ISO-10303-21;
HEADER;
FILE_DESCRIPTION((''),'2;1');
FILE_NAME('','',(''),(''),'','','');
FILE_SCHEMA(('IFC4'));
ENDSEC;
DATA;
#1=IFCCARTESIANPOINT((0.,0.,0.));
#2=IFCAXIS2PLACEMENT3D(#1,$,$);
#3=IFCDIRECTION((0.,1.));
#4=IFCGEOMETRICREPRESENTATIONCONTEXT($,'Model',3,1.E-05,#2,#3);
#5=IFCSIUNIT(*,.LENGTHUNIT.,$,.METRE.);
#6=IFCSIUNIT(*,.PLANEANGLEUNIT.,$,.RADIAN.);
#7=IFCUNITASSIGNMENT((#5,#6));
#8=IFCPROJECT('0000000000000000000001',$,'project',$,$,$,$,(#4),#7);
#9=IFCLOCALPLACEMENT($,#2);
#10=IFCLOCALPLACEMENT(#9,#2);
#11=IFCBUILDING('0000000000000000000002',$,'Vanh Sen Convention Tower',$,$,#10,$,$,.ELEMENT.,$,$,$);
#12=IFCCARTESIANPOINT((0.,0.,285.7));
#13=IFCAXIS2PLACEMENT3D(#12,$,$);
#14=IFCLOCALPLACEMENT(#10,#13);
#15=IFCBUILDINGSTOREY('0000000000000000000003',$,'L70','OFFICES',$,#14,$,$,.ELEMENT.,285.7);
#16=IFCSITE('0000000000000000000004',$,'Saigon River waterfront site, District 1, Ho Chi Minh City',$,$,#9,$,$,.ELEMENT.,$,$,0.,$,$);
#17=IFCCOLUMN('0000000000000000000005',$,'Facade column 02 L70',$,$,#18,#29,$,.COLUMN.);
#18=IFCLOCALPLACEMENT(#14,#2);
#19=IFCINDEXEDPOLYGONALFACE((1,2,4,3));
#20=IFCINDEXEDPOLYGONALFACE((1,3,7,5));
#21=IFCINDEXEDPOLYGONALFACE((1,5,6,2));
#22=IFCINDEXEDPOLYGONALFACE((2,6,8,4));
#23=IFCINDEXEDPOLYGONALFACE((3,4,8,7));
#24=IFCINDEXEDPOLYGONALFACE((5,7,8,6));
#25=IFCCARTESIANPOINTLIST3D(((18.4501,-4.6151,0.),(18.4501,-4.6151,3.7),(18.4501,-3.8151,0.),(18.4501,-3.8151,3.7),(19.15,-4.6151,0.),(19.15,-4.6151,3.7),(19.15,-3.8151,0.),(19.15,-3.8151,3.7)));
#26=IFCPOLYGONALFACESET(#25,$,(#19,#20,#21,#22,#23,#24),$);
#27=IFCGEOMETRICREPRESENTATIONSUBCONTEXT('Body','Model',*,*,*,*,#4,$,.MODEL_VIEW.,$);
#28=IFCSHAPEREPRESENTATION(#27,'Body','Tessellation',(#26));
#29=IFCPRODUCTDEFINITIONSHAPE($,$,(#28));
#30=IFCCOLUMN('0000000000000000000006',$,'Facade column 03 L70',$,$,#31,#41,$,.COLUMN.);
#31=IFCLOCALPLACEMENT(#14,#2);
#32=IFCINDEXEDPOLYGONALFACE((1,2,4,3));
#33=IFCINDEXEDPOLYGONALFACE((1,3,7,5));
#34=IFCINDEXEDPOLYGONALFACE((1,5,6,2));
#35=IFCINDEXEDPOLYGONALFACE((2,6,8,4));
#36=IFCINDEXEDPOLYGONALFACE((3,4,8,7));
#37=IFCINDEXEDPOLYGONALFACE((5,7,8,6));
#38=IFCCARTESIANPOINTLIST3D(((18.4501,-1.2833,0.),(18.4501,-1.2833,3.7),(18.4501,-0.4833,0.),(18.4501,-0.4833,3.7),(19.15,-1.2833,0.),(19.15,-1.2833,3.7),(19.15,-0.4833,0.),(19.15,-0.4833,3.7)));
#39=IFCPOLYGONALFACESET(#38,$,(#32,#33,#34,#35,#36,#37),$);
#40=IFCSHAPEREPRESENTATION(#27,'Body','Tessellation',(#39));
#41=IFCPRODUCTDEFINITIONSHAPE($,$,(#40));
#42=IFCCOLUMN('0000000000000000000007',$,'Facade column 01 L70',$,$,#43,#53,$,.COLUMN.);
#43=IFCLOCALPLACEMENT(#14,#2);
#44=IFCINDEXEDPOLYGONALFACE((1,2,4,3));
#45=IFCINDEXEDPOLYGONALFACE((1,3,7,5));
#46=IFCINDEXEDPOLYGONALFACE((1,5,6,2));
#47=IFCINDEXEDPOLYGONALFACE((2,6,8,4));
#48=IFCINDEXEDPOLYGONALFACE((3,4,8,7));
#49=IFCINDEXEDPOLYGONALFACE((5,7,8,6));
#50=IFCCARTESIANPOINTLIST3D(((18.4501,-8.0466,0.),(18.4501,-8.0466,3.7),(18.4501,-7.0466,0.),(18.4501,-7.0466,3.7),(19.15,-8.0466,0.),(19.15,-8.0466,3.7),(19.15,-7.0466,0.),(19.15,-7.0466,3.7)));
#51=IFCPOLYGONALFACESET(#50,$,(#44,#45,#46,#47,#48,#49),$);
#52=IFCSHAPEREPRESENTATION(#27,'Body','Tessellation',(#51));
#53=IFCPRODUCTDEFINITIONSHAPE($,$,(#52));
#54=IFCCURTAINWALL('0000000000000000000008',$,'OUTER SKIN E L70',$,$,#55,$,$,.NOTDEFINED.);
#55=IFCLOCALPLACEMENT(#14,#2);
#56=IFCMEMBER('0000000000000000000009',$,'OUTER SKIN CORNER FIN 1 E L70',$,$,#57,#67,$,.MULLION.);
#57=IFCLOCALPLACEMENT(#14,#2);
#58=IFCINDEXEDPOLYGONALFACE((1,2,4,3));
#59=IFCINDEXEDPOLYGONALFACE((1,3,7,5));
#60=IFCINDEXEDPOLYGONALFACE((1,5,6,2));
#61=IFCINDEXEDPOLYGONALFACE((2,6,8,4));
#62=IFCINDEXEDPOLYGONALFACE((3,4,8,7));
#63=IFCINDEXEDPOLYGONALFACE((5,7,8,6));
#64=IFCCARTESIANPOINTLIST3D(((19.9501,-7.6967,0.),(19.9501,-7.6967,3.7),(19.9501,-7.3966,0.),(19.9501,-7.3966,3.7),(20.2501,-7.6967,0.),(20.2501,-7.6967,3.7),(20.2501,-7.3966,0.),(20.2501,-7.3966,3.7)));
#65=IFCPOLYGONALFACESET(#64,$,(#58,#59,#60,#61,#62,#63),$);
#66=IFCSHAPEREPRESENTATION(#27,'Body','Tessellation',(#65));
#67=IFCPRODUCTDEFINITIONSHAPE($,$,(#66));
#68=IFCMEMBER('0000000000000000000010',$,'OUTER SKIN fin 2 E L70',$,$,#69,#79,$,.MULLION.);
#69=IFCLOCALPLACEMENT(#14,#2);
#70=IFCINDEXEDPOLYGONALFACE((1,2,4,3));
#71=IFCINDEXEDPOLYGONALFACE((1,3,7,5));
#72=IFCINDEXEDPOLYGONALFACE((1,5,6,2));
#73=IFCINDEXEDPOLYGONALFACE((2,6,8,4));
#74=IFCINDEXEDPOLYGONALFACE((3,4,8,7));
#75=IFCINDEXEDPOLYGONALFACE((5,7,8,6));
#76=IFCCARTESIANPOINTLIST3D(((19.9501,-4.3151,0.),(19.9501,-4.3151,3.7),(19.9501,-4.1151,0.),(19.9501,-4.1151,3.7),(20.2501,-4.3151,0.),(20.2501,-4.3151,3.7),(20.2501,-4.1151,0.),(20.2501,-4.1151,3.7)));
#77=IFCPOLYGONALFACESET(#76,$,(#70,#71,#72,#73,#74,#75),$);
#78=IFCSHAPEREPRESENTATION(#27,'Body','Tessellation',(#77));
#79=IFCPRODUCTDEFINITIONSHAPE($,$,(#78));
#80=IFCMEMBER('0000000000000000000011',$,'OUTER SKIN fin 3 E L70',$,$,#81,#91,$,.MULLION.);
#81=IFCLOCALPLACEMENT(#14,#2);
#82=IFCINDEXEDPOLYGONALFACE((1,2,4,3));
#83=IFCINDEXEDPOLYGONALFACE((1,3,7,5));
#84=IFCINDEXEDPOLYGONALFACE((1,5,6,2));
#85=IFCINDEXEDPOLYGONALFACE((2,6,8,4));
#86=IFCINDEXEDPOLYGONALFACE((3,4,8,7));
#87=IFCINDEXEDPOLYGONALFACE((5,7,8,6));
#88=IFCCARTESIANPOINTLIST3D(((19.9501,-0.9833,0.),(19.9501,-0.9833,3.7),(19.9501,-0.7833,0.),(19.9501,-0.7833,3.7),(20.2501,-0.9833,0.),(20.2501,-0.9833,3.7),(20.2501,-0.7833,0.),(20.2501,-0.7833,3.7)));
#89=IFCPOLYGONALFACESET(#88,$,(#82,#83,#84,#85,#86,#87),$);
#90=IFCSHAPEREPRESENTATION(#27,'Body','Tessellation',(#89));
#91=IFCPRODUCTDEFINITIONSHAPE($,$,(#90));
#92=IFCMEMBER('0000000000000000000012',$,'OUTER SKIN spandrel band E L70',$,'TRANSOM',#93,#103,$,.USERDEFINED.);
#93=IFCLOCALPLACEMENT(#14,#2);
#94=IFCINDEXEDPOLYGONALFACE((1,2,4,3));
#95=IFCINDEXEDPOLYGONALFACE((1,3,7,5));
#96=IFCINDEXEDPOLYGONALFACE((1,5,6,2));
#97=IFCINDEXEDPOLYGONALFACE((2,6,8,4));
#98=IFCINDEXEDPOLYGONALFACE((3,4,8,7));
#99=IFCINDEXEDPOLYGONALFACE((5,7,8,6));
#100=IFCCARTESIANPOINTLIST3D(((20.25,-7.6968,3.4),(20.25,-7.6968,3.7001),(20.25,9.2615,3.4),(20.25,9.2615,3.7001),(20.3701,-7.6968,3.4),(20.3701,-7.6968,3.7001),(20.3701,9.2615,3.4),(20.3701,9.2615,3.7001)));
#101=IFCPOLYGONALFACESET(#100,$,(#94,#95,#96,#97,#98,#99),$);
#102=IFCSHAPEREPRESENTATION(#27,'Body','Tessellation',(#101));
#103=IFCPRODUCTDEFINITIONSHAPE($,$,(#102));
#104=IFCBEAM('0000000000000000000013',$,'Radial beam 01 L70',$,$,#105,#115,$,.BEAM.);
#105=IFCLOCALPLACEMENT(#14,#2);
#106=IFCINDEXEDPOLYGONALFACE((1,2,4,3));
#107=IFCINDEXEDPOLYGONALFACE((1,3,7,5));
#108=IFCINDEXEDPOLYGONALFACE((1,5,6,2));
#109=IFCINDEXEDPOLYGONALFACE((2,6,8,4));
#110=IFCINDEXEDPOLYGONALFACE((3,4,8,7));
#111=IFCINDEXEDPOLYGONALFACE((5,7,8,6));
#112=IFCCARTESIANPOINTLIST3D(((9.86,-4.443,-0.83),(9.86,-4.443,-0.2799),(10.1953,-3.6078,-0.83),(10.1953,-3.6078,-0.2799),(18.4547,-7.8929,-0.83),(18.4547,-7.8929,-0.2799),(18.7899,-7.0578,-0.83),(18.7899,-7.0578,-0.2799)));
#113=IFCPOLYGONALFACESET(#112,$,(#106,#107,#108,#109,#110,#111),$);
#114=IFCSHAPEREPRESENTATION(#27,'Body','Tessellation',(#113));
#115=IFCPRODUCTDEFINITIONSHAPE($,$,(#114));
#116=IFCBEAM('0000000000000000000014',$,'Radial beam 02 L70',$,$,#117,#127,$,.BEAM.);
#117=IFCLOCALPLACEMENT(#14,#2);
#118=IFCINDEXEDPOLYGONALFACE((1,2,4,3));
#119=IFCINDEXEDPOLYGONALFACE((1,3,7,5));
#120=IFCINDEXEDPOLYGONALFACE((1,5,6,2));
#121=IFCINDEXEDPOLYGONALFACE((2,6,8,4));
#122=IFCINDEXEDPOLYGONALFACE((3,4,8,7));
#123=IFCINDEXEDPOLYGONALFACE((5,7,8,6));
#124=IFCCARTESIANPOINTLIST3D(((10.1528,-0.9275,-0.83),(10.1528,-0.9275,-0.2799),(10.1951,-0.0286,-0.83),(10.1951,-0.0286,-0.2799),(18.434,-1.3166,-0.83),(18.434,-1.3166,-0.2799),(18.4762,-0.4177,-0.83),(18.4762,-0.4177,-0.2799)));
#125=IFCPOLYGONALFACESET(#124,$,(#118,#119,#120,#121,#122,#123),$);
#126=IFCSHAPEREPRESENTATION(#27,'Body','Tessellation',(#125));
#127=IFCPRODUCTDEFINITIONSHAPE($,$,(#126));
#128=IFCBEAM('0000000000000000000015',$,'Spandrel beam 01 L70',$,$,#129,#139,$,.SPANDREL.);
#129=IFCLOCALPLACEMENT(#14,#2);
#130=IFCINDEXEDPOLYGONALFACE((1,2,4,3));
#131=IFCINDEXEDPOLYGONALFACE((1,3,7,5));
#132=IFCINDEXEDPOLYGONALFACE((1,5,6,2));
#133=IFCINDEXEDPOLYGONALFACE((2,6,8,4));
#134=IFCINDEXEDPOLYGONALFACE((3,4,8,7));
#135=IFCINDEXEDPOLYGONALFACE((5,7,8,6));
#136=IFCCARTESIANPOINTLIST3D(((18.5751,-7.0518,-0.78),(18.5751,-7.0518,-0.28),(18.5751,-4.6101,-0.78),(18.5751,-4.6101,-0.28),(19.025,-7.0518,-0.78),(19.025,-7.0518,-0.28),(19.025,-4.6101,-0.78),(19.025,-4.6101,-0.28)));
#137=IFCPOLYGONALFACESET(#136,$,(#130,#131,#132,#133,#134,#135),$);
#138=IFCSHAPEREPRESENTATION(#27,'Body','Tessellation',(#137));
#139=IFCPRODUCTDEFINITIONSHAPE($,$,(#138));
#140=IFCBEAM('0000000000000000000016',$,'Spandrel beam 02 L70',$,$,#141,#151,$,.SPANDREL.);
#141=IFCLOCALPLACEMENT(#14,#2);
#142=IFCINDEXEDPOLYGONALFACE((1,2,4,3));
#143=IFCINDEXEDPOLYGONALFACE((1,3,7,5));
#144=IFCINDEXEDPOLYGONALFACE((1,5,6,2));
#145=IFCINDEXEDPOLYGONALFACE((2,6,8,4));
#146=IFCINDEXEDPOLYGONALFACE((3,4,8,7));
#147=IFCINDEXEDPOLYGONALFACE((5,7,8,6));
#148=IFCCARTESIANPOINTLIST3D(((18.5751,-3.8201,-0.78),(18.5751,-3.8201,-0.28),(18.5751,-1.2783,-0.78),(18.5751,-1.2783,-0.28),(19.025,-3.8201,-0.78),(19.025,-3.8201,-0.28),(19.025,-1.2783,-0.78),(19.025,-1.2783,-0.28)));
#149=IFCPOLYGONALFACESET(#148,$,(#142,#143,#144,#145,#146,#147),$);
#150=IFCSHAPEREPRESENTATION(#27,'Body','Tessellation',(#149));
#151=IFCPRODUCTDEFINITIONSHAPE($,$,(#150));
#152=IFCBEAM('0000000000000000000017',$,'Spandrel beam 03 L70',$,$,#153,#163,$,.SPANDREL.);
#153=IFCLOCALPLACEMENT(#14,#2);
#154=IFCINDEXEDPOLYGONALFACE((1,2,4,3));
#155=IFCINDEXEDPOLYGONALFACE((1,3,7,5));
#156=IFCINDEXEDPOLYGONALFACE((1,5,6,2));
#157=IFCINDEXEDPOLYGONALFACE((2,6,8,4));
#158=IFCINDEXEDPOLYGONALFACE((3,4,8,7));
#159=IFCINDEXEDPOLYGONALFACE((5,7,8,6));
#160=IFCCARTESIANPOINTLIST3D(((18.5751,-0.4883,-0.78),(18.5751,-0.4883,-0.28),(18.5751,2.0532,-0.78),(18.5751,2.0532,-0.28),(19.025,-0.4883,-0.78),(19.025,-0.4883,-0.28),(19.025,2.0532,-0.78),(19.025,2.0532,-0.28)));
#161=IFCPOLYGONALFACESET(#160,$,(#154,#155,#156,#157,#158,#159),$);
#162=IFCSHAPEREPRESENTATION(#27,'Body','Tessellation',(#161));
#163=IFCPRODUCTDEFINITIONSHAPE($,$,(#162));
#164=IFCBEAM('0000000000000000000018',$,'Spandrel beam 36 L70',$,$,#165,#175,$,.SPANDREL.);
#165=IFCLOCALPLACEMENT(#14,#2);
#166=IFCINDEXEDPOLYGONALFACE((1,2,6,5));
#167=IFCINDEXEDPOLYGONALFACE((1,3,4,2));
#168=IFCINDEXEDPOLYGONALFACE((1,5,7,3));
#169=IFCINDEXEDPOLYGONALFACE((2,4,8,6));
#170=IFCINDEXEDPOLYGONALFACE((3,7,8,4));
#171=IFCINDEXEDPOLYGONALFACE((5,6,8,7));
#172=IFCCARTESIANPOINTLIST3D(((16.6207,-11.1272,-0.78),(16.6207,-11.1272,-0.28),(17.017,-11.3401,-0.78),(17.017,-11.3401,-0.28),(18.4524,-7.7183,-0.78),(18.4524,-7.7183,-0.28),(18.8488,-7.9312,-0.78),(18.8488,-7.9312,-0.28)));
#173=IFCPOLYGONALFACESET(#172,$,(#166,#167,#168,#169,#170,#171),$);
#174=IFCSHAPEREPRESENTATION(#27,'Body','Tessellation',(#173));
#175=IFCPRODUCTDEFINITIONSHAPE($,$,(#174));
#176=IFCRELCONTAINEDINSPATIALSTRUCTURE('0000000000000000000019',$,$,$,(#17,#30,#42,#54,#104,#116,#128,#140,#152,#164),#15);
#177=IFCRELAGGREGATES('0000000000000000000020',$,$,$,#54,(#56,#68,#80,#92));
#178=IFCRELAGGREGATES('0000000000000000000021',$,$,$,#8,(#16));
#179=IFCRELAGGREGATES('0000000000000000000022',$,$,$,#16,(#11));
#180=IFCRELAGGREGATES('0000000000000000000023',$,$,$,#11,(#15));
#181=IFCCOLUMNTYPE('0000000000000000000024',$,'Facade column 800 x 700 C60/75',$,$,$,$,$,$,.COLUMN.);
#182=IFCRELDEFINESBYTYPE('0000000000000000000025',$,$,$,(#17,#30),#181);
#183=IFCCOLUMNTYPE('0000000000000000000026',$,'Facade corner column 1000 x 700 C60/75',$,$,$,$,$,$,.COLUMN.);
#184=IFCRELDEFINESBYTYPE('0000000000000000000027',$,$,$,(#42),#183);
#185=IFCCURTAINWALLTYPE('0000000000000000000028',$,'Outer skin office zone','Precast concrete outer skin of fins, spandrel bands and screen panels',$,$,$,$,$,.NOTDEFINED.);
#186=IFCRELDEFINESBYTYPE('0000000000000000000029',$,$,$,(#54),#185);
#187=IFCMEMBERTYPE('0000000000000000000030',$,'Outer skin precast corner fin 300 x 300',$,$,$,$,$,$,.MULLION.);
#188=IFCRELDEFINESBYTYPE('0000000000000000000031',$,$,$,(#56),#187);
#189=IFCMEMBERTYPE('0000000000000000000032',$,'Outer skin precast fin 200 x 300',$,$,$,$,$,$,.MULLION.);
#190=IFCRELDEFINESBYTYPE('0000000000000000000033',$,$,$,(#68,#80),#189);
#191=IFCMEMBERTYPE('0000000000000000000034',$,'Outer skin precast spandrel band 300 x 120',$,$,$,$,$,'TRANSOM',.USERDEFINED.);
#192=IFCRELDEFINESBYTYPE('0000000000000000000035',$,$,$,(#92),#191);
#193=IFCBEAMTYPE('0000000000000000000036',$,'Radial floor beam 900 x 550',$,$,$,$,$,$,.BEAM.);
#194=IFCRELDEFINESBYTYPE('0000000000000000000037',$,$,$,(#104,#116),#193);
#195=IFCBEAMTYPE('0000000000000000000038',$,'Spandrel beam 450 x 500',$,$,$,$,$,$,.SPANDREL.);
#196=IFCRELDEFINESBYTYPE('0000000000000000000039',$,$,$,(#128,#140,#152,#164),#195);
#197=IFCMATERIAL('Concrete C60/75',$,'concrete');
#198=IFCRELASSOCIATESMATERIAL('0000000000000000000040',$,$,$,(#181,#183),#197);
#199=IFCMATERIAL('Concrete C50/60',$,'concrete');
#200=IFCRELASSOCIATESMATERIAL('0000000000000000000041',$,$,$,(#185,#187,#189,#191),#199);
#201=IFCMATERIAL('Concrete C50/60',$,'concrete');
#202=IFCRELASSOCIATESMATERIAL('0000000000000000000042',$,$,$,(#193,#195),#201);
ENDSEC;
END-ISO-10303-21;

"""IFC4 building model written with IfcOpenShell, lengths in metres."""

from ifc_helpers import new_model, si_unit, direction, frame, origin, origin_2d, place, context, subcontext, project, spatial, rectangle, extrude, material, material_profile, profile_set, type_object, element, aggregate, save


model = new_model("IFC4")

# Units and contexts
model_context = context("Model", 3, precision=1e-05, world=origin(), true_north=direction((0.0, 1.0)))
body_context = subcontext(model_context, "Body", "Model", "MODEL_VIEW")
ifc_project = project(units=[si_unit("LENGTHUNIT", "METRE"), si_unit("PLANEANGLEUNIT", "RADIAN")], contexts=[model_context])

# Site, building, storey
site_placement = place(None, origin())
site = spatial("IfcSite", under=ifc_project, at=site_placement, Name="Saigon River waterfront site, District 1, Ho Chi Minh City", CompositionType="ELEMENT", RefElevation=0.0)
building_placement = place(site_placement, origin())
building = spatial("IfcBuilding", under=site, at=building_placement, Name="Vanh Sen Convention Tower", CompositionType="ELEMENT")
storey_placement = place(building_placement, frame((0.0, 0.0, 285.7)))
storey = spatial("IfcBuildingStorey", under=building, at=storey_placement, Name="L70", Description="OFFICES", CompositionType="ELEMENT", Elevation=285.7)

# Columns
ifc_material_1 = material(Name="Concrete C60/75", Category="concrete")
ifc_material_profile_1 = material_profile(ifc_material_1, rectangle(XDim=0.8, YDim=0.7, at=origin_2d()), Name="RC 800X700")
ifc_profile_set_1 = profile_set([ifc_material_profile_1], Name="Concrete C60/75")
column_type_1 = type_object("IfcColumnType", Name="Facade column 800 x 700 C60/75", PredefinedType="COLUMN", material=ifc_profile_set_1)
for number, where, z_axis, x_axis, name in (
    (1, (18.8, -4.2151, 0.0), (0.0, 0.0, 1.0), (0.0, 1.0, 0.0), "Facade column 02 L70"),
    (2, (18.8, -0.8833, 0.0), (0.0, 0.0, 1.0), (0.0, 1.0, 0.0), "Facade column 03 L70"),
):
    element("IfcColumn", number, at=place(storey_placement, frame(where, z_axis=z_axis, x_axis=x_axis)), inside=storey, type_object=column_type_1, Name=name, PredefinedType="COLUMN", context=body_context, shape_type="SweptSolid", body=[
        extrude(rectangle(XDim=0.8, YDim=0.7, at=origin_2d()), origin(), (0.0, 0.0, 1.0), 3.7),
    ])
ifc_material_profile_2 = material_profile(ifc_material_1, rectangle(XDim=1.0, YDim=0.7, at=origin_2d()), Name="RC 1000X700")
ifc_profile_set_2 = profile_set([ifc_material_profile_2], Name="Concrete C60/75")
column_type_2 = type_object("IfcColumnType", Name="Facade corner column 1000 x 700 C60/75", PredefinedType="COLUMN", material=ifc_profile_set_2)
column_placement = place(storey_placement, frame((18.8, -7.5466, 0.0), z_axis=(0.0, 0.0, 1.0), x_axis=(0.0, 1.0, 0.0)))
element("IfcColumn", 3, at=column_placement, inside=storey, type_object=column_type_2, Name="Facade column 01 L70", PredefinedType="COLUMN", context=body_context, shape_type="SweptSolid", body=[
    extrude(rectangle(XDim=1.0, YDim=0.7, at=origin_2d()), origin(), (0.0, 0.0, 1.0), 3.7),
])

# Curtain wall, members
ifc_material_2 = material(Name="Concrete C50/60", Category="concrete")
curtain_wall_type = type_object("IfcCurtainWallType", Name="Outer skin office zone", Description="Precast concrete outer skin of fins, spandrel bands and screen panels", PredefinedType="NOTDEFINED", material=ifc_material_2)
curtain_wall_1_placement = place(storey_placement, origin())
curtain_wall_1 = element("IfcCurtainWall", 4, at=curtain_wall_1_placement, inside=storey, type_object=curtain_wall_type, Name="OUTER SKIN E L70", PredefinedType="NOTDEFINED")
ifc_material_profile_3 = material_profile(ifc_material_2, rectangle(XDim=0.3, YDim=0.3, at=origin_2d()), Name="Outer skin precast corner fin 300 x 300")
ifc_profile_set_3 = profile_set([ifc_material_profile_3], Name="Concrete C50/60")
member_type_1 = type_object("IfcMemberType", Name="Outer skin precast corner fin 300 x 300", PredefinedType="MULLION", material=ifc_profile_set_3)
member_1_placement = place(storey_placement, frame((20.1001, -7.5466, 0.0), z_axis=(0.0, 0.0, 1.0), x_axis=(0.0, 1.0, 0.0)))
member_1 = element("IfcMember", 5, at=member_1_placement, type_object=member_type_1, Name="OUTER SKIN CORNER FIN 1 E L70", PredefinedType="MULLION", context=body_context, shape_type="SweptSolid", body=[
    extrude(rectangle(XDim=0.3, YDim=0.3, at=origin_2d()), origin(), (0.0, 0.0, 1.0), 3.7),
])
ifc_material_profile_4 = material_profile(ifc_material_2, rectangle(XDim=0.2, YDim=0.3, at=origin_2d()), Name="Outer skin precast fin 200 x 300")
ifc_profile_set_4 = profile_set([ifc_material_profile_4], Name="Concrete C50/60")
member_type_2 = type_object("IfcMemberType", Name="Outer skin precast fin 200 x 300", PredefinedType="MULLION", material=ifc_profile_set_4)
member_2_placement = place(storey_placement, frame((20.1001, -4.2151, 0.0), z_axis=(0.0, 0.0, 1.0), x_axis=(0.0, 1.0, 0.0)))
member_2 = element("IfcMember", 6, at=member_2_placement, type_object=member_type_2, Name="OUTER SKIN fin 2 E L70", PredefinedType="MULLION", context=body_context, shape_type="SweptSolid", body=[
    extrude(rectangle(XDim=0.2, YDim=0.3, at=origin_2d()), origin(), (0.0, 0.0, 1.0), 3.7),
])
member_3_placement = place(storey_placement, frame((20.1001, -0.8833, 0.0), z_axis=(0.0, 0.0, 1.0), x_axis=(0.0, 1.0, 0.0)))
member_3 = element("IfcMember", 7, at=member_3_placement, type_object=member_type_2, Name="OUTER SKIN fin 3 E L70", PredefinedType="MULLION", context=body_context, shape_type="SweptSolid", body=[
    extrude(rectangle(XDim=0.2, YDim=0.3, at=origin_2d()), origin(), (0.0, 0.0, 1.0), 3.7),
])
ifc_material_profile_5 = material_profile(ifc_material_2, rectangle(XDim=0.1201, YDim=0.3, at=origin_2d()), Name="Outer skin precast spandrel band 300 x 120")
ifc_profile_set_5 = profile_set([ifc_material_profile_5], Name="Concrete C50/60")
member_type_3 = type_object("IfcMemberType", Name="Outer skin precast spandrel band 300 x 120", ElementType="TRANSOM", PredefinedType="USERDEFINED", material=ifc_profile_set_5)
member_4_placement = place(storey_placement, frame((20.3101, -7.6968, 3.55), z_axis=(0.0, 1.0, 0.0), x_axis=(-1.0, 0.0, 0.0)))
member_4 = element("IfcMember", 8, at=member_4_placement, type_object=member_type_3, Name="OUTER SKIN spandrel band E L70", ObjectType="TRANSOM", PredefinedType="USERDEFINED", context=body_context, shape_type="SweptSolid", body=[
    extrude(rectangle(XDim=0.1201, YDim=0.3, at=origin_2d()), origin(), (0.0, 0.0, 1.0), 16.9583),
])

# Beams
ifc_material_3 = material(Name="Concrete C50/60", Category="concrete")
ifc_material_profile_6 = material_profile(ifc_material_3, rectangle(XDim=0.8999, YDim=0.55, at=origin_2d()), Name="RC 900X550")
ifc_profile_set_6 = profile_set([ifc_material_profile_6], Name="Concrete C50/60")
beam_type_1 = type_object("IfcBeamType", Name="Radial floor beam 900 x 550", PredefinedType="BEAM", material=ifc_profile_set_6)
beam_1_placement = place(storey_placement, frame((18.6223, -7.4753, -0.5549), z_axis=(-0.928027, 0.372513, 0.0), x_axis=(-0.372513, -0.928027, 0.0)))
element("IfcBeam", 9, at=beam_1_placement, inside=storey, type_object=beam_type_1, Name="Radial beam 01 L70", PredefinedType="BEAM", context=body_context, shape_type="SweptSolid", body=[
    extrude(rectangle(XDim=0.8999, YDim=0.55, at=origin_2d()), origin(), (0.0, 0.0, 1.0), 9.2612),
])
beam_2_placement = place(storey_placement, frame((18.4551, -0.8672, -0.5549), z_axis=(-0.998898, 0.046941, 0.0), x_axis=(-0.046941, -0.998898, 0.0)))
element("IfcBeam", 10, at=beam_2_placement, inside=storey, type_object=beam_type_1, Name="Radial beam 02 L70", PredefinedType="BEAM", context=body_context, shape_type="SweptSolid", body=[
    extrude(rectangle(XDim=0.8999, YDim=0.55, at=origin_2d()), origin(), (0.0, 0.0, 1.0), 8.2903),
])
ifc_material_profile_7 = material_profile(ifc_material_3, rectangle(XDim=0.45, YDim=0.5, at=origin_2d()), Name="RC 450X500")
ifc_profile_set_7 = profile_set([ifc_material_profile_7], Name="Concrete C50/60")
beam_type_2 = type_object("IfcBeamType", Name="Spandrel beam 450 x 500", PredefinedType="SPANDREL", material=ifc_profile_set_7)
beam_3_placement = place(storey_placement, frame((18.8, -7.0518, -0.53), z_axis=(0.0, 1.0, 0.0), x_axis=(-1.0, 0.0, 0.0)))
element("IfcBeam", 11, at=beam_3_placement, inside=storey, type_object=beam_type_2, Name="Spandrel beam 01 L70", PredefinedType="SPANDREL", context=body_context, shape_type="SweptSolid", body=[
    extrude(rectangle(XDim=0.45, YDim=0.5, at=origin_2d()), origin(), (0.0, 0.0, 1.0), 2.4417),
])
beam_4_placement = place(storey_placement, frame((18.8, -3.8201, -0.53), z_axis=(0.0, 1.0, 0.0), x_axis=(-1.0, 0.0, 0.0)))
element("IfcBeam", 12, at=beam_4_placement, inside=storey, type_object=beam_type_2, Name="Spandrel beam 02 L70", PredefinedType="SPANDREL", context=body_context, shape_type="SweptSolid", body=[
    extrude(rectangle(XDim=0.45, YDim=0.5, at=origin_2d()), origin(), (0.0, 0.0, 1.0), 2.5417),
])
beam_5_placement = place(storey_placement, frame((18.8, -0.4883, -0.53), z_axis=(0.0, 1.0, 0.0), x_axis=(-1.0, 0.0, 0.0)))
element("IfcBeam", 13, at=beam_5_placement, inside=storey, type_object=beam_type_2, Name="Spandrel beam 03 L70", PredefinedType="SPANDREL", context=body_context, shape_type="SweptSolid", body=[
    extrude(rectangle(XDim=0.45, YDim=0.5, at=origin_2d()), origin(), (0.0, 0.0, 1.0), 2.5415),
])
beam_6_placement = place(storey_placement, frame((16.8188, -11.2336, -0.53), z_axis=(0.47334, 0.88088, 0.0), x_axis=(-0.88088, 0.47334, 0.0)))
element("IfcBeam", 14, at=beam_6_placement, inside=storey, type_object=beam_type_2, Name="Spandrel beam 36 L70", PredefinedType="SPANDREL", context=body_context, shape_type="SweptSolid", body=[
    extrude(rectangle(XDim=0.45, YDim=0.5, at=origin_2d()), origin(), (0.0, 0.0, 1.0), 3.8699),
])

aggregate(curtain_wall_1, [member_1, member_2, member_3, member_4])

save(model, "model.ifc")
